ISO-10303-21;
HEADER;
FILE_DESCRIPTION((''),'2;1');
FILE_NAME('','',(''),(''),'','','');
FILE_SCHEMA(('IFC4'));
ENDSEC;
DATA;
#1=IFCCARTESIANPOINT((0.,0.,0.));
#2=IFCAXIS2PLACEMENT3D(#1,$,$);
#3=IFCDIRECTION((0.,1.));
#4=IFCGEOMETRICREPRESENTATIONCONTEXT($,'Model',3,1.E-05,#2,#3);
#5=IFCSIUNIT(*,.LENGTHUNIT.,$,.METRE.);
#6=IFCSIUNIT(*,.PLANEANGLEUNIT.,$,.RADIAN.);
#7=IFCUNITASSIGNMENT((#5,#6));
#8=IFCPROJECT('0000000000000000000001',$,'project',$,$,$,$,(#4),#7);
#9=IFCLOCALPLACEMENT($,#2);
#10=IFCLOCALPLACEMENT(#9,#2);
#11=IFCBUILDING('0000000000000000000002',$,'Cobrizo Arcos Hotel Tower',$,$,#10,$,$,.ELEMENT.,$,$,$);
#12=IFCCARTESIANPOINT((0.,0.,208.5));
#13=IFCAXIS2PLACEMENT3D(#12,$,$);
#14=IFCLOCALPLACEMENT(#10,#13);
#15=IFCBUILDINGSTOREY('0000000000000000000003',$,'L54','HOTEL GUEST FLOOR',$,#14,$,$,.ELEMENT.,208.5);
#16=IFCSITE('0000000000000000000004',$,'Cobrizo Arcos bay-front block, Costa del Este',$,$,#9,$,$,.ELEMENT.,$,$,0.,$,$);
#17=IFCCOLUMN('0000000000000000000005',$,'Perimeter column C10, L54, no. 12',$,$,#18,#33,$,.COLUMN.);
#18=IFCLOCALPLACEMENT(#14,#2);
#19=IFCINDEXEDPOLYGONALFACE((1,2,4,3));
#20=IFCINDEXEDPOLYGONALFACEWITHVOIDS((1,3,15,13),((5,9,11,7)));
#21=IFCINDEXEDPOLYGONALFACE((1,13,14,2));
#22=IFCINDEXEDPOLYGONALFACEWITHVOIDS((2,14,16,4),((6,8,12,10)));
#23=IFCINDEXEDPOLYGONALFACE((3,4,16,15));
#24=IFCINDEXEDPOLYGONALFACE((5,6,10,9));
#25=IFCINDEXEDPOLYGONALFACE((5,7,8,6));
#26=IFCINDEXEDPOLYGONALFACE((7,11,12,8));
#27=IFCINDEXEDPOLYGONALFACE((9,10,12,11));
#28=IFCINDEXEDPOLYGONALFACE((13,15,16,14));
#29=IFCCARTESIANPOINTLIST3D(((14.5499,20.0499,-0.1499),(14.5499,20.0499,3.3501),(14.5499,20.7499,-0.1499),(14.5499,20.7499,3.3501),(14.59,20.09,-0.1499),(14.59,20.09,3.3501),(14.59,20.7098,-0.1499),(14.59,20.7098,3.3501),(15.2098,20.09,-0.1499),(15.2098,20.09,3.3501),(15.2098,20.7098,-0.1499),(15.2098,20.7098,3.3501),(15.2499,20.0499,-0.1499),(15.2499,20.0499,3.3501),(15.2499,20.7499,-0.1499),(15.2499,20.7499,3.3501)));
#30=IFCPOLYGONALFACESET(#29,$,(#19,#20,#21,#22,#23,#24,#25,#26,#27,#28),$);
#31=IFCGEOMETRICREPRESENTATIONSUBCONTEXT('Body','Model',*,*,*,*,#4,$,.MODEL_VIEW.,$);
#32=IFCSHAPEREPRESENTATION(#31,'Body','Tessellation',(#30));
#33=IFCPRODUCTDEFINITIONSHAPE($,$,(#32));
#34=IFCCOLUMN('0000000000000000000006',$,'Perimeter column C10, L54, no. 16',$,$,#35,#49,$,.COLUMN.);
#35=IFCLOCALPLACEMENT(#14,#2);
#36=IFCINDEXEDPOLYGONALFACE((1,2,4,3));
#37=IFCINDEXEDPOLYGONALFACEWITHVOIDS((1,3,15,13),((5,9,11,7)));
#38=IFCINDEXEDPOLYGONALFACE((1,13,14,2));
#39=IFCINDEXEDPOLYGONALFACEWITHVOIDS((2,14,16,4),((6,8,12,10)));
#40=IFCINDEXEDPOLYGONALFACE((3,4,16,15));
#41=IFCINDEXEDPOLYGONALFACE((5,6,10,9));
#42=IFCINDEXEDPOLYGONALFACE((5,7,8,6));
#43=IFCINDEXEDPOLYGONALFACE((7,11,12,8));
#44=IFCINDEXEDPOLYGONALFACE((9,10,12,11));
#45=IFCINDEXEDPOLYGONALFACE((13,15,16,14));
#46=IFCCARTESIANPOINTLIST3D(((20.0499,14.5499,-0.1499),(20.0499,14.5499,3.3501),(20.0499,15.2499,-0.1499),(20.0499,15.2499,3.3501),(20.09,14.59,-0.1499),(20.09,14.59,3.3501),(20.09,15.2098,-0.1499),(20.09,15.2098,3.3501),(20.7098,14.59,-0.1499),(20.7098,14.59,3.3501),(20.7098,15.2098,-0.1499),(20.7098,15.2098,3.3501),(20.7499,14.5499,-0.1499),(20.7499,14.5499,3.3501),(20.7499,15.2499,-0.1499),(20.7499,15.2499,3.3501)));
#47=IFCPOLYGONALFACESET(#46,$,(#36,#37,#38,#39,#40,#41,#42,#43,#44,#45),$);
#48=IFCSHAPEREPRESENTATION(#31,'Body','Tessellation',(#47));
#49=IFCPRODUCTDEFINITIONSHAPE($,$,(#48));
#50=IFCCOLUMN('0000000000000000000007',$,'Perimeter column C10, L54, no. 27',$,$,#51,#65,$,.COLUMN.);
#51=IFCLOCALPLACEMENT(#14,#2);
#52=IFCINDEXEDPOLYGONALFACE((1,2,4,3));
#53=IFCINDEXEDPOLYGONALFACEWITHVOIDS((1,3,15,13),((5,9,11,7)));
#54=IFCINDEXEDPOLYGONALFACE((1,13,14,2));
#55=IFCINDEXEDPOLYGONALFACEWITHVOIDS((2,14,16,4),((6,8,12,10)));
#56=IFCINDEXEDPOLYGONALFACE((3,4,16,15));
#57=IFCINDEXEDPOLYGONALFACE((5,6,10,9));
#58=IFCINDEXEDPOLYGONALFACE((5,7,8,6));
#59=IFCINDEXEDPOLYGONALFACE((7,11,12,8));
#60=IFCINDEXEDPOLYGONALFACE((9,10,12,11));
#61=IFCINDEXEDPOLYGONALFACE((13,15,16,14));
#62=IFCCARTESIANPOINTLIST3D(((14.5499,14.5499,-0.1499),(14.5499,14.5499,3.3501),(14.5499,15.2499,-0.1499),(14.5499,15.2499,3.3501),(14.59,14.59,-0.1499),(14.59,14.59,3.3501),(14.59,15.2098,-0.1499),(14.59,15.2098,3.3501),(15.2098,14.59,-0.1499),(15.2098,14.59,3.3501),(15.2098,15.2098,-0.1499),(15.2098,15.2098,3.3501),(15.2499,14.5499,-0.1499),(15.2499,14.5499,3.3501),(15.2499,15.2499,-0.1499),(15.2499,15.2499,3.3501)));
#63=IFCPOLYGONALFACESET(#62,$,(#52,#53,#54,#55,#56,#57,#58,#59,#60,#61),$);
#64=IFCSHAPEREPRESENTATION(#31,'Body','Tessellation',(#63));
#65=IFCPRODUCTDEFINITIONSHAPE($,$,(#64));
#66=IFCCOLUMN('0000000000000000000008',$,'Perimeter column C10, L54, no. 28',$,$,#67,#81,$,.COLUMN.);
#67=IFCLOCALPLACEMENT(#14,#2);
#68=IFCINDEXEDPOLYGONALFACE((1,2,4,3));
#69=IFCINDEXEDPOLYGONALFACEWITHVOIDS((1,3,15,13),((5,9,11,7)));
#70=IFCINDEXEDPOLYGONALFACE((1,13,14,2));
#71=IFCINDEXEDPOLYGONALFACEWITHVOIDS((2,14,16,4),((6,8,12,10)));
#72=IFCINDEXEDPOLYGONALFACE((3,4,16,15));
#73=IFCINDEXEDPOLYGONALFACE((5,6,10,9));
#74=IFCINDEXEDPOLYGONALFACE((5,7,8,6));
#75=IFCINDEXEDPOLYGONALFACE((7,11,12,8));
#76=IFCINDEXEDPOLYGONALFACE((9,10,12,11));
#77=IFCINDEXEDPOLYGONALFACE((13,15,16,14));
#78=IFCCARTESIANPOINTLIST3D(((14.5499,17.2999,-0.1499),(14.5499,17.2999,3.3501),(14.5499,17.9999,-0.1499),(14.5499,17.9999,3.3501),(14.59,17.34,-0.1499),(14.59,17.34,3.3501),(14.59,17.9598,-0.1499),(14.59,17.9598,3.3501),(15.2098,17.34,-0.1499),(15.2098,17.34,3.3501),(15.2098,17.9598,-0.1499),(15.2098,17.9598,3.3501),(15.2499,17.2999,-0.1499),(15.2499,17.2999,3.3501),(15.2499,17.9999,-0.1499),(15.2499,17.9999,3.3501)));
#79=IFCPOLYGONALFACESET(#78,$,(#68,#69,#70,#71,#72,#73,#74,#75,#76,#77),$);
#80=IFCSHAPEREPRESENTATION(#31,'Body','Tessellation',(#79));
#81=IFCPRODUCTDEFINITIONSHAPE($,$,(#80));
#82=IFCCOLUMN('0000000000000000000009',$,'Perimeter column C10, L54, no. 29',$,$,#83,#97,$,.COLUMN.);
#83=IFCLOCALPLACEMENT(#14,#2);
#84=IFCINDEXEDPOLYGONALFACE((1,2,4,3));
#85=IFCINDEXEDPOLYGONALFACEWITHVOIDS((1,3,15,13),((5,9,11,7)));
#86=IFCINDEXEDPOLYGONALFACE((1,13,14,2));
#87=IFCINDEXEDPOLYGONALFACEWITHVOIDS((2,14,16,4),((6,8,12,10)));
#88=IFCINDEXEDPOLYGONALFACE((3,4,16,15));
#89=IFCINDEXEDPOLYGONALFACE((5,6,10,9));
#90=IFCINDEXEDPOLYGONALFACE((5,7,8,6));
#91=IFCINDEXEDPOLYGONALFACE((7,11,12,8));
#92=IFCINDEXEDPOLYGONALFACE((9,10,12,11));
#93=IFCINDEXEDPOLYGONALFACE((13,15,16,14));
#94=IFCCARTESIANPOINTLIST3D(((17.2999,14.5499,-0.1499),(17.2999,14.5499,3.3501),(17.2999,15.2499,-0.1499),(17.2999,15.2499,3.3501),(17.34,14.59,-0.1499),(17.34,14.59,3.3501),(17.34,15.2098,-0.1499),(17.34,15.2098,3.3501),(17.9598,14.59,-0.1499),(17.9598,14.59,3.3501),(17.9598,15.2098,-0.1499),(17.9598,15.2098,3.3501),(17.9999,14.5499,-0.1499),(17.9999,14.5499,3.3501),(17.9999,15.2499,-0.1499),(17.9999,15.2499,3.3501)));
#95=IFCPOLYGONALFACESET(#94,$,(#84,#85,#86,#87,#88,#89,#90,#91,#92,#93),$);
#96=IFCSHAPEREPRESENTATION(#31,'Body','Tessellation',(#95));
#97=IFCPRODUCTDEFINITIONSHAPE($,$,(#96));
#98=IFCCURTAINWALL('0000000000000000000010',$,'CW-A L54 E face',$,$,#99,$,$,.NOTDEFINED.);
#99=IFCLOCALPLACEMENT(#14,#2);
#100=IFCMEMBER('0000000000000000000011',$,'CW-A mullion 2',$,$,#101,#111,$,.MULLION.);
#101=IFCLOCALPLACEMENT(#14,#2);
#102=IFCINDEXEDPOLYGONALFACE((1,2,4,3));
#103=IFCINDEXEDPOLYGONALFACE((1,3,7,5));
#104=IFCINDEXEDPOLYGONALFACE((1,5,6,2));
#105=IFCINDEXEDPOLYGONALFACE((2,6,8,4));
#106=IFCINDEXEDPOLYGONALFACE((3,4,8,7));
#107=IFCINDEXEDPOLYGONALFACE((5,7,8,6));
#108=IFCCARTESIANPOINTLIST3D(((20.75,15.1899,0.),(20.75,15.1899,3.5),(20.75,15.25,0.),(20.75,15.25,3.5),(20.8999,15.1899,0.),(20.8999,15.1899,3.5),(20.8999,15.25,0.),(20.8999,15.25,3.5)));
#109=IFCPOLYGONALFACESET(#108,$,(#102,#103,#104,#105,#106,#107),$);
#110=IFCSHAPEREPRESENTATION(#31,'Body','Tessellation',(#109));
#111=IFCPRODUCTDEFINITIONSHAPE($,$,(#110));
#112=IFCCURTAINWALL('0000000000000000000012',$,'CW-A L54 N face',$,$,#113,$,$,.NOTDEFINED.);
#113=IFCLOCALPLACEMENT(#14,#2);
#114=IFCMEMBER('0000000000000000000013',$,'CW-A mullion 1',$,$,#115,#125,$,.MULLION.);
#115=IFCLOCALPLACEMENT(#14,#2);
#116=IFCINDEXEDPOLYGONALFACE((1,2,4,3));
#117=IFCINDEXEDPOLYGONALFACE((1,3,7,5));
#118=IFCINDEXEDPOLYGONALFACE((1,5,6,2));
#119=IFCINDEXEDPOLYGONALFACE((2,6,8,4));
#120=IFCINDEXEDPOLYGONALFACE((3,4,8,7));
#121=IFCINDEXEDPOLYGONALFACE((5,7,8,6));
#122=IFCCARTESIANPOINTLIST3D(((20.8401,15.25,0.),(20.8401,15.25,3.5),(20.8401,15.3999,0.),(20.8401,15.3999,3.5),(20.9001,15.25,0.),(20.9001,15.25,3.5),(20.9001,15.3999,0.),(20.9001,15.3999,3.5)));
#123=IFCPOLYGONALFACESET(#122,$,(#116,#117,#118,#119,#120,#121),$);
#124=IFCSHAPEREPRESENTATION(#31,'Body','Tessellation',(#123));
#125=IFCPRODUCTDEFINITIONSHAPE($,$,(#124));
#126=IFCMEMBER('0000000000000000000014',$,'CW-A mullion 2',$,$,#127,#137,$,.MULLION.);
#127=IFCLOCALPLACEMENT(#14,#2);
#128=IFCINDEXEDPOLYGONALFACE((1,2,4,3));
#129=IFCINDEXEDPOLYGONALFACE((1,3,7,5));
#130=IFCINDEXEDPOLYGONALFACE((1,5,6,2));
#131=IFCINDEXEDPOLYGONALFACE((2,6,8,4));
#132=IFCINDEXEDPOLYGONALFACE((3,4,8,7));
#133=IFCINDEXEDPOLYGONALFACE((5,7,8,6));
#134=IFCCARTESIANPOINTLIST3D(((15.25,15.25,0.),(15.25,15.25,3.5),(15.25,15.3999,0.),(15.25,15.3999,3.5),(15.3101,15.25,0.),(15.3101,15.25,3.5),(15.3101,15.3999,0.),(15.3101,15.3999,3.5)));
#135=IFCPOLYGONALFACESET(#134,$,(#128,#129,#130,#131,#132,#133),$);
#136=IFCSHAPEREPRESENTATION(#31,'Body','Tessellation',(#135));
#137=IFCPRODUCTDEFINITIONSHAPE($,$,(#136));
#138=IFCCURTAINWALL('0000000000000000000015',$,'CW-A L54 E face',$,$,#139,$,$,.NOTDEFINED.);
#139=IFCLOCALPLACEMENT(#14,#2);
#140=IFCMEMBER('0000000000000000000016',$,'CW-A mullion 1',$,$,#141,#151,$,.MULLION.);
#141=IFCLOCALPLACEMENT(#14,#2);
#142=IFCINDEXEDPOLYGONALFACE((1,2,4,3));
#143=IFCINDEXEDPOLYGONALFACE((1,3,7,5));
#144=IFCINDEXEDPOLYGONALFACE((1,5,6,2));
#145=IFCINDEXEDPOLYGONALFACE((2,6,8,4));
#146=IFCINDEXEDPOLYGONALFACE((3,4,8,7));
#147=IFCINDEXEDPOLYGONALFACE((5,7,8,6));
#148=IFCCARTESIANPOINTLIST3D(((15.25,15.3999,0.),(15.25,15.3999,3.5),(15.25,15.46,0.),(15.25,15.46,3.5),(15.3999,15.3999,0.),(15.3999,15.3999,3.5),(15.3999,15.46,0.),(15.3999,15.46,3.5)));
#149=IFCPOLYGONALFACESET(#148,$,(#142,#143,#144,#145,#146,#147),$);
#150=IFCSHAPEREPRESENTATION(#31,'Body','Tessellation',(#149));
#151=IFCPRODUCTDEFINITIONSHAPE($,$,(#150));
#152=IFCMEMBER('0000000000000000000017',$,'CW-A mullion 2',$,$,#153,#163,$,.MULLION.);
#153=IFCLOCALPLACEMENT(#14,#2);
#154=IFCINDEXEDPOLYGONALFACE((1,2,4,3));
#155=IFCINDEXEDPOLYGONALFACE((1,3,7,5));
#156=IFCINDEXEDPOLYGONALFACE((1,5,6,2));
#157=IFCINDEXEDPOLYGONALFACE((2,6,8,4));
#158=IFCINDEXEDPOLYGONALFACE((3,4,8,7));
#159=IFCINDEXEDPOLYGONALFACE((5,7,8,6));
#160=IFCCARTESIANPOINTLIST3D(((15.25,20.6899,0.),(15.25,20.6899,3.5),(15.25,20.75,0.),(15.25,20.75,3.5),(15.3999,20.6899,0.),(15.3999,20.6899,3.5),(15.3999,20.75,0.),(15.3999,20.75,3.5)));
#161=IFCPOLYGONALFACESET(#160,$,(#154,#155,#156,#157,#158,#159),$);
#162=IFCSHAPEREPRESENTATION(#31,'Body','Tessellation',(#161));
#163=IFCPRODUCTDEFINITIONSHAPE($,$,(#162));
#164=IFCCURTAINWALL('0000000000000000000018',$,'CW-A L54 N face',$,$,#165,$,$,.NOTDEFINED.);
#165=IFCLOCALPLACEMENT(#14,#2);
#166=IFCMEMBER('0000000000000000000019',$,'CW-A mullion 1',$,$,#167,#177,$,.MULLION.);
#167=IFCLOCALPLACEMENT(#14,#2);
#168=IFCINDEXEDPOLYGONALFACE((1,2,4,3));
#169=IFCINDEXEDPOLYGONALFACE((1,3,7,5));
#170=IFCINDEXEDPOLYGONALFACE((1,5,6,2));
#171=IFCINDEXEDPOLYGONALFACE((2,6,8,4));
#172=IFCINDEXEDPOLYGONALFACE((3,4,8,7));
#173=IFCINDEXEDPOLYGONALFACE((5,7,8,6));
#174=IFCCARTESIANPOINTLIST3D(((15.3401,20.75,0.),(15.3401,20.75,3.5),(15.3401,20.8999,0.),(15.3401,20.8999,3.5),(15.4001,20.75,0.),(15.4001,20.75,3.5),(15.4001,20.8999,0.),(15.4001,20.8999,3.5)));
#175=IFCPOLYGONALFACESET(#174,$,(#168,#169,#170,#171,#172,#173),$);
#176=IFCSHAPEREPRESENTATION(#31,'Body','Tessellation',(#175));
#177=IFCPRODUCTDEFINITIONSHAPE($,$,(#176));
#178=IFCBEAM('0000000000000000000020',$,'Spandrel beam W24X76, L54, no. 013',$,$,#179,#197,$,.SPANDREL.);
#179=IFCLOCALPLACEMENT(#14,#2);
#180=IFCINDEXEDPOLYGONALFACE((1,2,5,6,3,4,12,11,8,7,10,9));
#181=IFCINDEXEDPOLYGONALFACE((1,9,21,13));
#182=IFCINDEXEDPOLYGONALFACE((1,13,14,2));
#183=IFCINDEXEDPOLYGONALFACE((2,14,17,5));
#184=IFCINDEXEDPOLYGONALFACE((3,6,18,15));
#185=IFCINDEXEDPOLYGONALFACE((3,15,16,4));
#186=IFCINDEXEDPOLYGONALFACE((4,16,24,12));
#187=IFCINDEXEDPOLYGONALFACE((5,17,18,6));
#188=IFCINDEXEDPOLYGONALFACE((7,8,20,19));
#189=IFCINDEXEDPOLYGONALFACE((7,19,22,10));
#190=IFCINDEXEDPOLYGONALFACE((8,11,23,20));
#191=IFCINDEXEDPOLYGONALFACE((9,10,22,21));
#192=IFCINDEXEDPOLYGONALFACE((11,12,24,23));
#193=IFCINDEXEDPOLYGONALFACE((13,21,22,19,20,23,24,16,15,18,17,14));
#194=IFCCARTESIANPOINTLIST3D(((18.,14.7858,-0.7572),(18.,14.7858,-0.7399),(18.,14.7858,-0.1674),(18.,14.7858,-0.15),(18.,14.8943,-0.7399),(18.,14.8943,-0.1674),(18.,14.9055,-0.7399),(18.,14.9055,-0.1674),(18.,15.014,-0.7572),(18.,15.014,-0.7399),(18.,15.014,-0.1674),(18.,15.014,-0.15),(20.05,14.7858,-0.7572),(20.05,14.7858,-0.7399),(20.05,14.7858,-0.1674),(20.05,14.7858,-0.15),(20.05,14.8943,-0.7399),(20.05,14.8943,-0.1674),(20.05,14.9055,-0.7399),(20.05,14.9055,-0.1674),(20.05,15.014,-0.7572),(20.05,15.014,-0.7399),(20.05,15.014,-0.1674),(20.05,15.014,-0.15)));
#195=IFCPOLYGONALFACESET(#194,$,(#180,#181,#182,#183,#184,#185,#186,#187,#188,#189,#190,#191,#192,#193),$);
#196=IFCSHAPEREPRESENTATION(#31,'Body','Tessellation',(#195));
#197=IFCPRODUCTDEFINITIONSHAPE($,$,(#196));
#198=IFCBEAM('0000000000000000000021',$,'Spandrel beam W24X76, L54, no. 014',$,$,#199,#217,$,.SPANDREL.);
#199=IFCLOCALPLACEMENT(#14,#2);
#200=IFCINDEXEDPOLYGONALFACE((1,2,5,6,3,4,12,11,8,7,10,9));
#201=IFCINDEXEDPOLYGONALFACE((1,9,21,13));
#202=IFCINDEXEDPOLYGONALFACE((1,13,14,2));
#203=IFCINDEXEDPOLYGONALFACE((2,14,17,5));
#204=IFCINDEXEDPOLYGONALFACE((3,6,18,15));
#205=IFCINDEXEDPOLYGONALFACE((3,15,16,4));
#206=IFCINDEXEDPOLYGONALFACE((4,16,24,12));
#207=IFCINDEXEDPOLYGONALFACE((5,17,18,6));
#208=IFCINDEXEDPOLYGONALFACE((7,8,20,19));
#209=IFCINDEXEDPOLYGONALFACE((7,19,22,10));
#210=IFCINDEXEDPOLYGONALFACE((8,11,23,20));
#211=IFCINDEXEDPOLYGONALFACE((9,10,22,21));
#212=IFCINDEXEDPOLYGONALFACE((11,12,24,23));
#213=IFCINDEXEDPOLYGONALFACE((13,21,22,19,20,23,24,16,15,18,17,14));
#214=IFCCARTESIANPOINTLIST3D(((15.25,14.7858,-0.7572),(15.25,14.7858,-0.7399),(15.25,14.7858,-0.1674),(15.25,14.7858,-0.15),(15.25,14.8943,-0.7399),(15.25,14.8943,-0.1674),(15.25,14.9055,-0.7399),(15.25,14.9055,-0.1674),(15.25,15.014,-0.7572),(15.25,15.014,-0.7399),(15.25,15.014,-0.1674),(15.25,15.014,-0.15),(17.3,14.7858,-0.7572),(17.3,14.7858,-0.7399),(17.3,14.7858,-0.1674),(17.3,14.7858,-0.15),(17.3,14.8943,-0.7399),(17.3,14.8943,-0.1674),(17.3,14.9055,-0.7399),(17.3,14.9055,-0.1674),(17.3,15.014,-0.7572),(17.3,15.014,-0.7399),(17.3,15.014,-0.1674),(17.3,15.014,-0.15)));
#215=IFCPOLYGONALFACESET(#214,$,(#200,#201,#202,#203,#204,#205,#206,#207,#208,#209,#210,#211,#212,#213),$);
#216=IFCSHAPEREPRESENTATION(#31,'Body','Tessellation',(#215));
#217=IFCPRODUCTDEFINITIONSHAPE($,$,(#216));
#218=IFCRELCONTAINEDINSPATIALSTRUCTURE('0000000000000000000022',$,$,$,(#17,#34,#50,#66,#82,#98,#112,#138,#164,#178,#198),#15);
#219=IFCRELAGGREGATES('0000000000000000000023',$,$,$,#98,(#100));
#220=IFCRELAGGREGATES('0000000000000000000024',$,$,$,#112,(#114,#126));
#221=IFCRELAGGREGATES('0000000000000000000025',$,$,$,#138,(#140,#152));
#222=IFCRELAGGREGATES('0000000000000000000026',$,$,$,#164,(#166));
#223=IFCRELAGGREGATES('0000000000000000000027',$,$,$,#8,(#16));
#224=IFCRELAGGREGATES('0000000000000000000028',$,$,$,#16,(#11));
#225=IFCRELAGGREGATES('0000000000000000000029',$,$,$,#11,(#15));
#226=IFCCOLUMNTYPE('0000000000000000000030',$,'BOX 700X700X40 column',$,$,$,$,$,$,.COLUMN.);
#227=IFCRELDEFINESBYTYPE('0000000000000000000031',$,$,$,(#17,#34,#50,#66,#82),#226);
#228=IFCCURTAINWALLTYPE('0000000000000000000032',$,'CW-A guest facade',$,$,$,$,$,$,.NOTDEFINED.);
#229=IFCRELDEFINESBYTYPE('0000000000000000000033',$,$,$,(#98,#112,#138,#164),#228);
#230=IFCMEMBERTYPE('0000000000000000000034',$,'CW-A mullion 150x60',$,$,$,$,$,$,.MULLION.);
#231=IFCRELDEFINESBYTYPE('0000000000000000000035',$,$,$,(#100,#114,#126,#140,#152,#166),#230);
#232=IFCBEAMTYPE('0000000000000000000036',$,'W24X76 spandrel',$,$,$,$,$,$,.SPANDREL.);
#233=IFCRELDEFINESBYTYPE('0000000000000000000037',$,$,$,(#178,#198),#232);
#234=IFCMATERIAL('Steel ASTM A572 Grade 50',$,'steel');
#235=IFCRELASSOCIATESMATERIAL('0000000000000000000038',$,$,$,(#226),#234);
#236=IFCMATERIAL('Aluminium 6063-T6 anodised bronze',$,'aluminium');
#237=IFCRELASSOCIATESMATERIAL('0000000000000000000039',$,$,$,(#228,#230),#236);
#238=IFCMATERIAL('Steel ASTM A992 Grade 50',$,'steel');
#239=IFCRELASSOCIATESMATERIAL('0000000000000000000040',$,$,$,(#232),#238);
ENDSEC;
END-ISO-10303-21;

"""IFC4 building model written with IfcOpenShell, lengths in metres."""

from ifc_helpers import new_model, si_unit, direction, frame, origin, origin_2d, place, context, subcontext, project, spatial, rectangle, hollow_rectangle, i_section, extrude, material, material_profile, profile_set, type_object, element, aggregate, save


model = new_model("IFC4")

# Units and contexts
model_context = context("Model", 3, precision=1e-05, world=origin(), true_north=direction((0.0, 1.0)))
body_context = subcontext(model_context, "Body", "Model", "MODEL_VIEW")
ifc_project = project(units=[si_unit("LENGTHUNIT", "METRE"), si_unit("PLANEANGLEUNIT", "RADIAN")], contexts=[model_context])

# Site, building, storey
site_placement = place(None, origin())
site = spatial("IfcSite", under=ifc_project, at=site_placement, Name="Cobrizo Arcos bay-front block, Costa del Este", CompositionType="ELEMENT", RefElevation=0.0)
building_placement = place(site_placement, origin())
building = spatial("IfcBuilding", under=site, at=building_placement, Name="Cobrizo Arcos Hotel Tower", CompositionType="ELEMENT")
storey_placement = place(building_placement, frame((0.0, 0.0, 208.5)))
storey = spatial("IfcBuildingStorey", under=building, at=storey_placement, Name="L54", Description="HOTEL GUEST FLOOR", CompositionType="ELEMENT", Elevation=208.5)

# Columns
ifc_material_1 = material(Name="Steel ASTM A572 Grade 50", Category="steel")
ifc_material_profile_1 = material_profile(ifc_material_1, hollow_rectangle(XDim=0.7, YDim=0.7, WallThickness=0.04, at=origin_2d()), Name="BOX 700X700X40")
ifc_profile_set_1 = profile_set([ifc_material_profile_1], Name="Steel ASTM A572 Grade 50")
column_type = type_object("IfcColumnType", Name="BOX 700X700X40 column", PredefinedType="COLUMN", material=ifc_profile_set_1)
for number, where, z_axis, x_axis, name in (
    (1, (14.8999, 20.3999, -0.1499), (0.0, 0.0, 1.0), (1.0, 0.0, 0.0), "Perimeter column C10, L54, no. 12"),
    (2, (20.3999, 14.8999, -0.1499), (0.0, 0.0, 1.0), (1.0, 0.0, 0.0), "Perimeter column C10, L54, no. 16"),
    (3, (14.8999, 14.8999, -0.1499), (0.0, 0.0, 1.0), (1.0, 0.0, 0.0), "Perimeter column C10, L54, no. 27"),
    (4, (14.8999, 17.6499, -0.1499), (0.0, 0.0, 1.0), (1.0, 0.0, 0.0), "Perimeter column C10, L54, no. 28"),
    (5, (17.6499, 14.8999, -0.1499), (0.0, 0.0, 1.0), (1.0, 0.0, 0.0), "Perimeter column C10, L54, no. 29"),
):
    element("IfcColumn", number, at=place(storey_placement, frame(where, z_axis=z_axis, x_axis=x_axis)), inside=storey, type_object=column_type, Name=name, PredefinedType="COLUMN", context=body_context, shape_type="SweptSolid", body=[
        extrude(hollow_rectangle(XDim=0.7, YDim=0.7, WallThickness=0.04, at=origin_2d()), origin(), (0.0, 0.0, 1.0), 3.5),
    ])

# Curtain wall, member
ifc_material_2 = material(Name="Aluminium 6063-T6 anodised bronze", Category="aluminium")
curtain_wall_type = type_object("IfcCurtainWallType", Name="CW-A guest facade", PredefinedType="NOTDEFINED", material=ifc_material_2)
curtain_wall_1_placement = place(storey_placement, origin())
curtain_wall_1 = element("IfcCurtainWall", 6, at=curtain_wall_1_placement, inside=storey, type_object=curtain_wall_type, Name="CW-A L54 E face", PredefinedType="NOTDEFINED")
ifc_material_profile_2 = material_profile(ifc_material_2, rectangle(XDim=0.1499, YDim=0.0601, at=origin_2d()), Name="CW-A mullion 150x60")
ifc_profile_set_2 = profile_set([ifc_material_profile_2], Name="Aluminium 6063-T6 anodised bronze")
member_type = type_object("IfcMemberType", Name="CW-A mullion 150x60", PredefinedType="MULLION", material=ifc_profile_set_2)
member_1_placement = place(storey_placement, frame((20.825, 15.22, 0.0), z_axis=(0.0, 0.0, 1.0), x_axis=(1.0, 0.0, 0.0)))
member_1 = element("IfcMember", 7, at=member_1_placement, type_object=member_type, Name="CW-A mullion 2", PredefinedType="MULLION", context=body_context, shape_type="SweptSolid", body=[
    extrude(rectangle(XDim=0.1499, YDim=0.0601, at=origin_2d()), origin(), (0.0, 0.0, 1.0), 3.5),
])
aggregate(curtain_wall_1, [member_1])

# Curtain walls, members
curtain_wall_2_placement = place(storey_placement, origin())
curtain_wall_2 = element("IfcCurtainWall", 8, at=curtain_wall_2_placement, inside=storey, type_object=curtain_wall_type, Name="CW-A L54 N face", PredefinedType="NOTDEFINED")
member_2_placement = place(storey_placement, frame((20.8701, 15.325, 0.0), z_axis=(0.0, 0.0, 1.0), x_axis=(0.0, 1.0, 0.0)))
member_2 = element("IfcMember", 9, at=member_2_placement, type_object=member_type, Name="CW-A mullion 1", PredefinedType="MULLION", context=body_context, shape_type="SweptSolid", body=[
    extrude(rectangle(XDim=0.1499, YDim=0.0601, at=origin_2d()), origin(), (0.0, 0.0, 1.0), 3.5),
])
member_3_placement = place(storey_placement, frame((15.28, 15.325, 0.0), z_axis=(0.0, 0.0, 1.0), x_axis=(0.0, 1.0, 0.0)))
member_3 = element("IfcMember", 10, at=member_3_placement, type_object=member_type, Name="CW-A mullion 2", PredefinedType="MULLION", context=body_context, shape_type="SweptSolid", body=[
    extrude(rectangle(XDim=0.1499, YDim=0.0601, at=origin_2d()), origin(), (0.0, 0.0, 1.0), 3.5),
])
curtain_wall_3_placement = place(storey_placement, origin())
curtain_wall_3 = element("IfcCurtainWall", 11, at=curtain_wall_3_placement, inside=storey, type_object=curtain_wall_type, Name="CW-A L54 E face", PredefinedType="NOTDEFINED")
member_4_placement = place(storey_placement, frame((15.325, 15.4299, 0.0), z_axis=(0.0, 0.0, 1.0), x_axis=(1.0, 0.0, 0.0)))
member_4 = element("IfcMember", 12, at=member_4_placement, type_object=member_type, Name="CW-A mullion 1", PredefinedType="MULLION", context=body_context, shape_type="SweptSolid", body=[
    extrude(rectangle(XDim=0.1499, YDim=0.0601, at=origin_2d()), origin(), (0.0, 0.0, 1.0), 3.5),
])
member_5_placement = place(storey_placement, frame((15.325, 20.72, 0.0), z_axis=(0.0, 0.0, 1.0), x_axis=(1.0, 0.0, 0.0)))
member_5 = element("IfcMember", 13, at=member_5_placement, type_object=member_type, Name="CW-A mullion 2", PredefinedType="MULLION", context=body_context, shape_type="SweptSolid", body=[
    extrude(rectangle(XDim=0.1499, YDim=0.0601, at=origin_2d()), origin(), (0.0, 0.0, 1.0), 3.5),
])

# Curtain wall, member
curtain_wall_4_placement = place(storey_placement, origin())
curtain_wall_4 = element("IfcCurtainWall", 14, at=curtain_wall_4_placement, inside=storey, type_object=curtain_wall_type, Name="CW-A L54 N face", PredefinedType="NOTDEFINED")
member_6_placement = place(storey_placement, frame((15.3701, 20.825, 0.0), z_axis=(0.0, 0.0, 1.0), x_axis=(0.0, 1.0, 0.0)))
member_6 = element("IfcMember", 15, at=member_6_placement, type_object=member_type, Name="CW-A mullion 1", PredefinedType="MULLION", context=body_context, shape_type="SweptSolid", body=[
    extrude(rectangle(XDim=0.1499, YDim=0.0601, at=origin_2d()), origin(), (0.0, 0.0, 1.0), 3.5),
])

# Beams
ifc_material_3 = material(Name="Steel ASTM A992 Grade 50", Category="steel")
ifc_material_profile_3 = material_profile(ifc_material_3, i_section(OverallWidth=0.2283, OverallDepth=0.6072, WebThickness=0.0112, FlangeThickness=0.0173, at=origin_2d()), Name="W24X76")
ifc_profile_set_3 = profile_set([ifc_material_profile_3], Name="Steel ASTM A992 Grade 50")
beam_type = type_object("IfcBeamType", Name="W24X76 spandrel", PredefinedType="SPANDREL", material=ifc_profile_set_3)
for number, where, z_axis, x_axis, name in (
    (16, (20.05, 14.8999, -0.4536), (-1.0, 0.0, 0.0), (0.0, -1.0, 0.0), "Spandrel beam W24X76, L54, no. 013"),
    (17, (17.3, 14.8999, -0.4536), (-1.0, 0.0, 0.0), (0.0, -1.0, 0.0), "Spandrel beam W24X76, L54, no. 014"),
):
    element("IfcBeam", number, at=place(storey_placement, frame(where, z_axis=z_axis, x_axis=x_axis)), inside=storey, type_object=beam_type, Name=name, PredefinedType="SPANDREL", context=body_context, shape_type="SweptSolid", body=[
        extrude(i_section(OverallWidth=0.2283, OverallDepth=0.6072, WebThickness=0.0112, FlangeThickness=0.0173, at=origin_2d()), origin(), (0.0, 0.0, 1.0), 2.05),
    ])

aggregate(curtain_wall_2, [member_2, member_3])
aggregate(curtain_wall_3, [member_4, member_5])
aggregate(curtain_wall_4, [member_6])

save(model, "model.ifc")
